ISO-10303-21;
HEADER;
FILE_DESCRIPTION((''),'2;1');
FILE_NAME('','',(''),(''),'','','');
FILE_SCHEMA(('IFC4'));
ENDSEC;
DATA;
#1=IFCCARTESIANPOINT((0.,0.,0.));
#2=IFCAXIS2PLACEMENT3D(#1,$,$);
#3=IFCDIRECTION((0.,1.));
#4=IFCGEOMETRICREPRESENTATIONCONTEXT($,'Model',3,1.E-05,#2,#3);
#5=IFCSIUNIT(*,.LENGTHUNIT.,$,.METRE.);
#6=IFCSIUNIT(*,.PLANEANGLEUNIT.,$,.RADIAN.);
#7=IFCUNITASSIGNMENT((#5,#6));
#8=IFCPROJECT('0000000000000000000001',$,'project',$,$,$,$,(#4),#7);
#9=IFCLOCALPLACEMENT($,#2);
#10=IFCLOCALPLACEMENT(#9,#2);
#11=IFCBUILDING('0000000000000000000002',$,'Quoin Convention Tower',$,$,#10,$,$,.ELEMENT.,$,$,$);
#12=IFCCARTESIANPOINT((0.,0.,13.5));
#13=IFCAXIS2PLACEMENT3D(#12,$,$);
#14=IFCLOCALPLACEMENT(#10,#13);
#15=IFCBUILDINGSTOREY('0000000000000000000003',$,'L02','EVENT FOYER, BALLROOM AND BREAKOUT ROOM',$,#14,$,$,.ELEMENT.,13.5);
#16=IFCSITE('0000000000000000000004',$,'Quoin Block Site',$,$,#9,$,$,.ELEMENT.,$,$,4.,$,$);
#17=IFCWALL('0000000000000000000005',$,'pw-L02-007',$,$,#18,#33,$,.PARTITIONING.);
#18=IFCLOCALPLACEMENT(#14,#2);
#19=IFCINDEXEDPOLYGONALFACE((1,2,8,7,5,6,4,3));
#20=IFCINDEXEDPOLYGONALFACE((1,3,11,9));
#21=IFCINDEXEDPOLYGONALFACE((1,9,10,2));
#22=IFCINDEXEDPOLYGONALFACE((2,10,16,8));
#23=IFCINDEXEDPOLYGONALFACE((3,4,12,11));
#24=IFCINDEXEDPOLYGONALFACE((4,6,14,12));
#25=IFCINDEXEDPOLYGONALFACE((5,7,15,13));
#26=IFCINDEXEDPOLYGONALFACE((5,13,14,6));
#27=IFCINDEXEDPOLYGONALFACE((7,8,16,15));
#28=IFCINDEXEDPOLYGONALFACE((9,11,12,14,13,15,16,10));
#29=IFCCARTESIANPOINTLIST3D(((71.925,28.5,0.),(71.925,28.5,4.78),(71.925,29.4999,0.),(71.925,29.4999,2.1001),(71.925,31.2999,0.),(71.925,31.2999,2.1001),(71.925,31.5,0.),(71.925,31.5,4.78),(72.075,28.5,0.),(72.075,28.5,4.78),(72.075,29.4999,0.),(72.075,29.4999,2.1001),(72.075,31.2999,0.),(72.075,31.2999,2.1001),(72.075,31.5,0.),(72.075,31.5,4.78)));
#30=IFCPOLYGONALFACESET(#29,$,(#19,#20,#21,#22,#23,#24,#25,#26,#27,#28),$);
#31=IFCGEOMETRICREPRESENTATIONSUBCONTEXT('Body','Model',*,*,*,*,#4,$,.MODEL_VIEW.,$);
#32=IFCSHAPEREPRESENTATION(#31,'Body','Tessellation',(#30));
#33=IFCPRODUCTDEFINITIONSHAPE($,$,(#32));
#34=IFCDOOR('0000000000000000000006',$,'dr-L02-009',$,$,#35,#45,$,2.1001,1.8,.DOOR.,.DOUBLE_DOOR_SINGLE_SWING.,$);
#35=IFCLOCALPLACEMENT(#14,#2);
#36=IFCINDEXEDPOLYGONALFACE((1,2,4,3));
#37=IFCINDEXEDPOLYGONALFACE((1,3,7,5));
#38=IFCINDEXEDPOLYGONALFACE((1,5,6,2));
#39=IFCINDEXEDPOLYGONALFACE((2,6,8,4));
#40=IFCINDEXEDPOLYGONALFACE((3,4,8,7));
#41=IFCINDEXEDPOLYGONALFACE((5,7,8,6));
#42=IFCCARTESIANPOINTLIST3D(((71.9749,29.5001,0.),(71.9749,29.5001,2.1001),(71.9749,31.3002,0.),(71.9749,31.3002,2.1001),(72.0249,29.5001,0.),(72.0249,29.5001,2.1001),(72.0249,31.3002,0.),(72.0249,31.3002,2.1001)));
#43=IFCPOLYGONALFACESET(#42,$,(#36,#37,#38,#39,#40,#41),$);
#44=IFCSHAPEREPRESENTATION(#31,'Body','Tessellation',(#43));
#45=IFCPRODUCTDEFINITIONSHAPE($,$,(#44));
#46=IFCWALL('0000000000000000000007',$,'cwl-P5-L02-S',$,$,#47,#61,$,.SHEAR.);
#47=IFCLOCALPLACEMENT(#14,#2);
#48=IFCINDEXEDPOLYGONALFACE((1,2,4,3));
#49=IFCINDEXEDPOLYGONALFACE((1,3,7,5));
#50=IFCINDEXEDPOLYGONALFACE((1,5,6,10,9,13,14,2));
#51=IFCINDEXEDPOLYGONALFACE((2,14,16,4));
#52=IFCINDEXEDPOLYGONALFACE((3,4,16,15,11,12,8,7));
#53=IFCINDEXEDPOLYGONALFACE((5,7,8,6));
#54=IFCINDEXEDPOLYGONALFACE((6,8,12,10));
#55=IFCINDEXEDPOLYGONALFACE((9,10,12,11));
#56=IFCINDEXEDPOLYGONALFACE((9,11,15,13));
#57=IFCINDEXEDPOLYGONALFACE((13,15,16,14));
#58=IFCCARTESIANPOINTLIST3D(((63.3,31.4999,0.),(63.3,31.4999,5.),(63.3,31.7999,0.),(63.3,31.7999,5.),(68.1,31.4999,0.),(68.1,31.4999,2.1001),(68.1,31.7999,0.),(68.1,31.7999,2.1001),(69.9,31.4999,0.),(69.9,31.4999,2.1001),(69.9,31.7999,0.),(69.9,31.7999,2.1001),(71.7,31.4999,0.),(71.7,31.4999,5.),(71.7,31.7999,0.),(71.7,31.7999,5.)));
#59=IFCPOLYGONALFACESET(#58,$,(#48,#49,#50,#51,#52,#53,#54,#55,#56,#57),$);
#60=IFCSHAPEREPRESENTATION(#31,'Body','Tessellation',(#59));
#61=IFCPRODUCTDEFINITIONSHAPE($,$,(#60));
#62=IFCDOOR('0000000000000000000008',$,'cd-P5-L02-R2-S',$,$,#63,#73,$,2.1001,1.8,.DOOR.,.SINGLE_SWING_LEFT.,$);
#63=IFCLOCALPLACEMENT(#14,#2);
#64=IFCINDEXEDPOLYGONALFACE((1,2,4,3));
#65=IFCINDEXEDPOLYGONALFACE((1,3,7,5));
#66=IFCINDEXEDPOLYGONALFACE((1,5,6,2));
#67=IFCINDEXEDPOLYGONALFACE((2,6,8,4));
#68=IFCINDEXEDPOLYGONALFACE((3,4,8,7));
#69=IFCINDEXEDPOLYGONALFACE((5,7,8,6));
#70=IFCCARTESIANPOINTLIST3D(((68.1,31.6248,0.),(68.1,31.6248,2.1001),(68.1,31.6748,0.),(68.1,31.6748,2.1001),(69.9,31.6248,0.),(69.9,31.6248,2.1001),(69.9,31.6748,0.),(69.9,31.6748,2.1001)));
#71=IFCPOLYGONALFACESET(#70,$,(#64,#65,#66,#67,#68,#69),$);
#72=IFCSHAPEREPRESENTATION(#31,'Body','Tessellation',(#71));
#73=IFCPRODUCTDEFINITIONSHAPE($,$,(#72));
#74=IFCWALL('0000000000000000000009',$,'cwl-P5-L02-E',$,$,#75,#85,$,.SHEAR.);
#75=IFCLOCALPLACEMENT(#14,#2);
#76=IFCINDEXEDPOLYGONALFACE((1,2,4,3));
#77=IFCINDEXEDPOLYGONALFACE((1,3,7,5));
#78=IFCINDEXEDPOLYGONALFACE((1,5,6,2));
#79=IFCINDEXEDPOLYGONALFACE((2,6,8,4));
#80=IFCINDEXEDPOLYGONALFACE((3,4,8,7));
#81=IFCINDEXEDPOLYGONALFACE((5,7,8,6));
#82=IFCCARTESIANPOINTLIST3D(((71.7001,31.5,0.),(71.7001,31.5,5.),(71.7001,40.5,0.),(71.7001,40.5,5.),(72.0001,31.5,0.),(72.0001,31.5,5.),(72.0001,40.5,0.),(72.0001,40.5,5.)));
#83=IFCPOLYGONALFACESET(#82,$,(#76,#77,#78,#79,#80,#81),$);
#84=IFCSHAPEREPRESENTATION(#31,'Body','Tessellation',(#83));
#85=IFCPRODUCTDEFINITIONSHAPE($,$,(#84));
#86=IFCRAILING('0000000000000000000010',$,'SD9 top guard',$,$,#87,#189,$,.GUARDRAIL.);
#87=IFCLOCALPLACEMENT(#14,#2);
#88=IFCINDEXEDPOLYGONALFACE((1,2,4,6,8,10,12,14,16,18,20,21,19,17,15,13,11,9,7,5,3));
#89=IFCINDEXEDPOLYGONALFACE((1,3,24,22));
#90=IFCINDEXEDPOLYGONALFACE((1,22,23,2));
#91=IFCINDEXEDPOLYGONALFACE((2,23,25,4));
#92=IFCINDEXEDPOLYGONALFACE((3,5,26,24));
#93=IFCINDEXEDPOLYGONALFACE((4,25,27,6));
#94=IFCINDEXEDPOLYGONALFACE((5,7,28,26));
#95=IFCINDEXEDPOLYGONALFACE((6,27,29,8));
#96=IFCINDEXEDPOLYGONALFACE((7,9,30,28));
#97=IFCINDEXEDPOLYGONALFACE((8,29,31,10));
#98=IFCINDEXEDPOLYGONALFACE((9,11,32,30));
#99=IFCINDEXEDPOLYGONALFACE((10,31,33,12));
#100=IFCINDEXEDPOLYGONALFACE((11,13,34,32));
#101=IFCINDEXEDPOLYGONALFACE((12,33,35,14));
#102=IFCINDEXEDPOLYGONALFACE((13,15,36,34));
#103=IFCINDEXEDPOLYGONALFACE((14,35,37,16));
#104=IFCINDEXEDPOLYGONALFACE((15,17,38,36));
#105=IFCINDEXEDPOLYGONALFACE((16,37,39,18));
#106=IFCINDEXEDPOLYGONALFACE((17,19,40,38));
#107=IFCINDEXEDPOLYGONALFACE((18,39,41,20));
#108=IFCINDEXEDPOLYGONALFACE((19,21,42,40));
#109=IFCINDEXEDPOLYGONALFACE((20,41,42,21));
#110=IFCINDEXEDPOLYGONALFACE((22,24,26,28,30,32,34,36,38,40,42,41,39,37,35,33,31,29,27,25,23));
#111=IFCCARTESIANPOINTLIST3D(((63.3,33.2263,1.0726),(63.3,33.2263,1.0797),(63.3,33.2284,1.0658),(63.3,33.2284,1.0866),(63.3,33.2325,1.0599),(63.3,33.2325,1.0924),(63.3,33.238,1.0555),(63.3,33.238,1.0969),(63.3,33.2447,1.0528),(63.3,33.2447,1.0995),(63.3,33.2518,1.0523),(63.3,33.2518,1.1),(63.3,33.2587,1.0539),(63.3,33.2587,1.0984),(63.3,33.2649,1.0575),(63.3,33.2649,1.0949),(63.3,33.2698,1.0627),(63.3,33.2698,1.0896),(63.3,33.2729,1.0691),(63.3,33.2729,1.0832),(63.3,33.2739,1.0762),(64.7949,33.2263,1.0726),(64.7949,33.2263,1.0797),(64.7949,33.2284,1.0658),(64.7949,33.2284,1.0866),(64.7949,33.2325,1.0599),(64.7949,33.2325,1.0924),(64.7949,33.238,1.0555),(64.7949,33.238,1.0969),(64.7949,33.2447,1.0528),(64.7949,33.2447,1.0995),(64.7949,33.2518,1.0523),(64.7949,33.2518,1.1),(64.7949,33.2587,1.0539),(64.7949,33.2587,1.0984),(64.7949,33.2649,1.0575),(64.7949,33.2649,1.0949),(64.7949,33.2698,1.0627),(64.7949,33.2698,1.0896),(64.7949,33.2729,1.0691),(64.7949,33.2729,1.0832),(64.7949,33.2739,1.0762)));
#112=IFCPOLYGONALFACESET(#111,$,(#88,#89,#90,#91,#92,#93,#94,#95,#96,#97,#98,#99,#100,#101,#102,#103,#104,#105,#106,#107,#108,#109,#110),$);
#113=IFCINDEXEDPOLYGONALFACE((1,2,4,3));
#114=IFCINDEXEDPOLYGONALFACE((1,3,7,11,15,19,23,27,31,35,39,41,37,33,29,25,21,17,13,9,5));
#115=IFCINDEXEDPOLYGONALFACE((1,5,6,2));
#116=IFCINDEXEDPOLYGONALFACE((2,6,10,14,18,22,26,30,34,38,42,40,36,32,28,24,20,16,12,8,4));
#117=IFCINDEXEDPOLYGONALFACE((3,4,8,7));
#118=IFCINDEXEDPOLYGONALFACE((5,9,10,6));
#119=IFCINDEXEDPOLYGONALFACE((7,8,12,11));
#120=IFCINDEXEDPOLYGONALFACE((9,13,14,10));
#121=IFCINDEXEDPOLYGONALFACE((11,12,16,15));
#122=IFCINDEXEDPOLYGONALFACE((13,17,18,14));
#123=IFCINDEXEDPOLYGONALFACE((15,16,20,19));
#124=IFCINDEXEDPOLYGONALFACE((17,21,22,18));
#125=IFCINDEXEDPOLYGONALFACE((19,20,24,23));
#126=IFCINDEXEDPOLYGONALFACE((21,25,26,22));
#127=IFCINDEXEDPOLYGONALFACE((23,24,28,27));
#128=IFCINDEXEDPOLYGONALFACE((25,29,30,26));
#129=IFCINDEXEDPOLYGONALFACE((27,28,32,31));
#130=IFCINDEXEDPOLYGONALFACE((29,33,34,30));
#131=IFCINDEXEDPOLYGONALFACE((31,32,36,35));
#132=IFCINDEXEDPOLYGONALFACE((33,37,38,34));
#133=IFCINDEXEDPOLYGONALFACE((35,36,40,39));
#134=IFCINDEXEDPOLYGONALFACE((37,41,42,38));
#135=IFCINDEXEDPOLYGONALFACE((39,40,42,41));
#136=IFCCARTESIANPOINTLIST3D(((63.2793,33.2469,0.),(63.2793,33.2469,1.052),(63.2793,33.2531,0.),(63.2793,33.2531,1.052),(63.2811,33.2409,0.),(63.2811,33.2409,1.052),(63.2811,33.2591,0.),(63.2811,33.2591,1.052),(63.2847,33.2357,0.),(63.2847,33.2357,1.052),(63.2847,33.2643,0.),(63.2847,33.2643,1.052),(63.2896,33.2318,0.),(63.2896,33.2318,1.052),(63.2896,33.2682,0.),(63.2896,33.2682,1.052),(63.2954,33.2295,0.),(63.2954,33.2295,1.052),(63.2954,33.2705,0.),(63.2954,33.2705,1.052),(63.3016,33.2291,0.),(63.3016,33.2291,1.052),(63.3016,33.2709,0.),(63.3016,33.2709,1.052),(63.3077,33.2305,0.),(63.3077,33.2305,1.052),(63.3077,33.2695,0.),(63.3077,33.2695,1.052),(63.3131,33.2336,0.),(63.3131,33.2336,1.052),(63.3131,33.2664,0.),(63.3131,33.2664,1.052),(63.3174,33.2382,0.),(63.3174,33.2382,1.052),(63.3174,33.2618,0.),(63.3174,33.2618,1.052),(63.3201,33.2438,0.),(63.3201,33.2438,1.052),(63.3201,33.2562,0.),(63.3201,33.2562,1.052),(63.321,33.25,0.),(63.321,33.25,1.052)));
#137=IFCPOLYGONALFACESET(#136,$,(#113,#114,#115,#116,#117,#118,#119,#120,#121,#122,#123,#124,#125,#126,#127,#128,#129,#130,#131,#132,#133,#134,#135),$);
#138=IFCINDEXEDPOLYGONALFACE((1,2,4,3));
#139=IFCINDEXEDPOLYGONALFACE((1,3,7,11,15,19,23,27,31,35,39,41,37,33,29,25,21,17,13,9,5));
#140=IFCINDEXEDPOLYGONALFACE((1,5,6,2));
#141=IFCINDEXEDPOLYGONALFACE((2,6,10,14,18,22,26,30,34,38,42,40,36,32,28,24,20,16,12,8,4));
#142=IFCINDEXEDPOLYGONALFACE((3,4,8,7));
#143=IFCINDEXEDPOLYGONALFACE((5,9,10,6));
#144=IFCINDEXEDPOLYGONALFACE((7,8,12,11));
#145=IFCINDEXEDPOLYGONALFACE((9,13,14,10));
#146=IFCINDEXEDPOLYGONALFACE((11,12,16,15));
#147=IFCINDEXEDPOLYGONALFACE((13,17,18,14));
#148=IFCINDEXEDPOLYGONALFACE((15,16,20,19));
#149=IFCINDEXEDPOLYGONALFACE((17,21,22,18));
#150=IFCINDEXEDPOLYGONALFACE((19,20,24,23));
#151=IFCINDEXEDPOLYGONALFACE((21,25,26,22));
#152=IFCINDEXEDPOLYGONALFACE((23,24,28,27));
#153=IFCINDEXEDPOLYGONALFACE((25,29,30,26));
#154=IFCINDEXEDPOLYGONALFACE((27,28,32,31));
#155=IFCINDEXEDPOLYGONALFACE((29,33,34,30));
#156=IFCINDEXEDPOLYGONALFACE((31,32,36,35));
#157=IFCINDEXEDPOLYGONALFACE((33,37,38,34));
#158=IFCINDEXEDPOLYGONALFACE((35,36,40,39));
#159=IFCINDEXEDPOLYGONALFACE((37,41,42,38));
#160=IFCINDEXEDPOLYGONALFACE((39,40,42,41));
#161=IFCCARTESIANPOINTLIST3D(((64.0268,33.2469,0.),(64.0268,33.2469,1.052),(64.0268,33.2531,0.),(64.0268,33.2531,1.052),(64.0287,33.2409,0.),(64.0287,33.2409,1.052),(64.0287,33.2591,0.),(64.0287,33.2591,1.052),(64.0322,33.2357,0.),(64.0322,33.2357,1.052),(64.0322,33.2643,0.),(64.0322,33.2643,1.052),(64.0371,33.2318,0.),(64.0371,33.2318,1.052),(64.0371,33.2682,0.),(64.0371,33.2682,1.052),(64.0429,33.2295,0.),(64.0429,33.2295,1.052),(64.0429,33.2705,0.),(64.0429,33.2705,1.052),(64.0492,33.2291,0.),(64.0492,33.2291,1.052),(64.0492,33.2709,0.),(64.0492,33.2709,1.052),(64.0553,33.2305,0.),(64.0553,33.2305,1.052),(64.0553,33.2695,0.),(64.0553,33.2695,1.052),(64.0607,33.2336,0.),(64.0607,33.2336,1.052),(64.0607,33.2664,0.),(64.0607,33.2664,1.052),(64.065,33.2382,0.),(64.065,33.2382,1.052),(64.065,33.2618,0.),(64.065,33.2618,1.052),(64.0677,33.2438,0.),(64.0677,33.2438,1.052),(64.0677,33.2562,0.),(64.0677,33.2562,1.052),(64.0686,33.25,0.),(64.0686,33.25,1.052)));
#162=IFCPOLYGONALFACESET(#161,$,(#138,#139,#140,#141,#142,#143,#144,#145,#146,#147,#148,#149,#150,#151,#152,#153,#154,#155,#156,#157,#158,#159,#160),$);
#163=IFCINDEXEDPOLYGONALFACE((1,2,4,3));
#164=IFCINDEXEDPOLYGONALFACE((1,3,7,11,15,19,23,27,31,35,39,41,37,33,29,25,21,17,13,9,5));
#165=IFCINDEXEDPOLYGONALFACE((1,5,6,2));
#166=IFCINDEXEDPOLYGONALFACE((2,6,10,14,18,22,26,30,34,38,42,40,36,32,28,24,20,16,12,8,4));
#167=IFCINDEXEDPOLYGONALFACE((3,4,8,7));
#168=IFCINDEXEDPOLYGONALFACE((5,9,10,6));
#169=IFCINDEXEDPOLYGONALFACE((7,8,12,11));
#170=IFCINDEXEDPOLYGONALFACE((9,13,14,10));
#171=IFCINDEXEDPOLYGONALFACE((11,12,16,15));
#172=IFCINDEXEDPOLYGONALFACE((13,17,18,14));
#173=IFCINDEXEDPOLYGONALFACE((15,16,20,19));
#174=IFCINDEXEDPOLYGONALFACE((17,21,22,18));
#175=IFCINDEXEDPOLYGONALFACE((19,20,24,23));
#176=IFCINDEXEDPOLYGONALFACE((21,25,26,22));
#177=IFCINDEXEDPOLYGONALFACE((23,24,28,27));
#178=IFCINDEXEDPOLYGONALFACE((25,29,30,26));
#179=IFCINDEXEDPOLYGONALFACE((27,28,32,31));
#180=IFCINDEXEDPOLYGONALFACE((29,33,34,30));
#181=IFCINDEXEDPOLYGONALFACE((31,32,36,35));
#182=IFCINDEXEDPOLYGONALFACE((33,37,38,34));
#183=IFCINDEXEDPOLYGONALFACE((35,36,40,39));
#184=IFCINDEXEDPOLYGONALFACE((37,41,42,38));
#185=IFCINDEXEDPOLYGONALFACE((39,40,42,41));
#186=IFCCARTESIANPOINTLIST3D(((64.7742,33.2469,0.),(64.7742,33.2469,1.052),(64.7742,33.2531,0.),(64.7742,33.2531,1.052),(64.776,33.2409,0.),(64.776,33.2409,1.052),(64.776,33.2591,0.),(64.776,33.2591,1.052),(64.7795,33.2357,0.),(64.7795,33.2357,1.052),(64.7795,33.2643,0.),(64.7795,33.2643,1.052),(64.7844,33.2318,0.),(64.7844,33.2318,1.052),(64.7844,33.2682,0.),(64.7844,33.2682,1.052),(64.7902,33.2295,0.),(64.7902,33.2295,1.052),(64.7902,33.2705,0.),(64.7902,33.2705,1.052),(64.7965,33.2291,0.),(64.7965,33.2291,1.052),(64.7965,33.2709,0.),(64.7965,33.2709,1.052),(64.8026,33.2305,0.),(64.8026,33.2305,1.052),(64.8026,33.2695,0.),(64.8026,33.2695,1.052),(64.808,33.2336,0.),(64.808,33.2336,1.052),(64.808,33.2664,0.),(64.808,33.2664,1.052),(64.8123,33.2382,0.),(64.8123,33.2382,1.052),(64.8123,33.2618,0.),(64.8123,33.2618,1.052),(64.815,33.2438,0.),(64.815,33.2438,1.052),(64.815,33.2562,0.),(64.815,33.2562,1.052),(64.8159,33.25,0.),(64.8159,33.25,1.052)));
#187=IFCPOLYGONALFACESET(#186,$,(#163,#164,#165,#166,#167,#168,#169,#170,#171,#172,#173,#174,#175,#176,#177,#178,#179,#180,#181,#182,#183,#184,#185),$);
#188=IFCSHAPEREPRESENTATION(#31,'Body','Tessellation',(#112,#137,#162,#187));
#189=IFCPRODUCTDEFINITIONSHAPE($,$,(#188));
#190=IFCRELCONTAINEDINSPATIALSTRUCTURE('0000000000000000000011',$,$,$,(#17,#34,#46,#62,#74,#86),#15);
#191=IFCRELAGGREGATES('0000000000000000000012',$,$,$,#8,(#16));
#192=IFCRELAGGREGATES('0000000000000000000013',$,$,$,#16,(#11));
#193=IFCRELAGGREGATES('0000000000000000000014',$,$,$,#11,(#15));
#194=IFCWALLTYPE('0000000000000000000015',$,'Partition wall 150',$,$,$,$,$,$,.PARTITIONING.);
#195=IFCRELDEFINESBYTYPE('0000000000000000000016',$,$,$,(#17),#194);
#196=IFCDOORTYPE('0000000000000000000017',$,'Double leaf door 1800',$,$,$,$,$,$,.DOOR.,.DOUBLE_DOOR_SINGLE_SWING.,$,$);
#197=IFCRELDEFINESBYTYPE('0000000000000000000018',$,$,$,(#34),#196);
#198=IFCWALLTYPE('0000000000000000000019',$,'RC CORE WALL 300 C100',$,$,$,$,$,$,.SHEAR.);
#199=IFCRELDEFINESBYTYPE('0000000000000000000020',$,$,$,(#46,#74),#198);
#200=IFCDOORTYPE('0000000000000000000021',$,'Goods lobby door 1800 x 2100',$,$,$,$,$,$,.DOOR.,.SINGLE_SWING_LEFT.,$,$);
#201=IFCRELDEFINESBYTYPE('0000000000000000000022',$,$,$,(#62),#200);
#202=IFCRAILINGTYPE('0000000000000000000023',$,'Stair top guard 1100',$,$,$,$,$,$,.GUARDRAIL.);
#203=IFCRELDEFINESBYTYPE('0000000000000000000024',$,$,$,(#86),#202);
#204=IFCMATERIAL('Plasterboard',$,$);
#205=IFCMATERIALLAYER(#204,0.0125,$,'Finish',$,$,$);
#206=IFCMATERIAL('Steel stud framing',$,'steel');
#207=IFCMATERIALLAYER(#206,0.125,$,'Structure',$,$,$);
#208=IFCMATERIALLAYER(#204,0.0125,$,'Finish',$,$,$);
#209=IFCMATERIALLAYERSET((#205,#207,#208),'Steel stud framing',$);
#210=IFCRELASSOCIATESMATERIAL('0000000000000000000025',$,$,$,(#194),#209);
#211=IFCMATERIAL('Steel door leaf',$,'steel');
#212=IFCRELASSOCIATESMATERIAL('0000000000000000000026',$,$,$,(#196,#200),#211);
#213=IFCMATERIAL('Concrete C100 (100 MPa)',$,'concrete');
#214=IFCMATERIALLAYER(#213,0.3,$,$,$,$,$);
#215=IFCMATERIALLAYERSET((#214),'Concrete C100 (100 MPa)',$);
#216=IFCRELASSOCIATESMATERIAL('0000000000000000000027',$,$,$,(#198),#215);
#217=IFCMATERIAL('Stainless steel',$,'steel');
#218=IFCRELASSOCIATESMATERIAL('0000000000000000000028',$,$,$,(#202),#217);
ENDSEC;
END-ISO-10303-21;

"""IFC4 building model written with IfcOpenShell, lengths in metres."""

from ifc_helpers import new_model, si_unit, direction, frame, frame_2d, origin, origin_2d, place, context, subcontext, project, spatial, rectangle, circle, extrude, material, layer, layer_set, type_object, element, fill, save


model = new_model("IFC4")

# Units and contexts
model_context = context("Model", 3, precision=1e-05, world=origin(), true_north=direction((0.0, 1.0)))
body_context = subcontext(model_context, "Body", "Model", "MODEL_VIEW")
ifc_project = project(units=[si_unit("LENGTHUNIT", "METRE"), si_unit("PLANEANGLEUNIT", "RADIAN")], contexts=[model_context])

# Site, building, storey
site_placement = place(None, origin())
site = spatial("IfcSite", under=ifc_project, at=site_placement, Name="Quoin Block Site", CompositionType="ELEMENT", RefElevation=4.0)
building_placement = place(site_placement, origin())
building = spatial("IfcBuilding", under=site, at=building_placement, Name="Quoin Convention Tower", CompositionType="ELEMENT")
storey_placement = place(building_placement, frame((0.0, 0.0, 13.5)))
storey = spatial("IfcBuildingStorey", under=building, at=storey_placement, Name="L02", Description="EVENT FOYER, BALLROOM AND BREAKOUT ROOM", CompositionType="ELEMENT", Elevation=13.5)

# Shared definitions
ifc_material_1 = material(Name="Concrete C100 (100 MPa)", Category="concrete")

# Shared definitions
ifc_material_2 = material(Name="Plasterboard")
ifc_material_3 = material(Name="Steel stud framing", Category="steel")
ifc_material_4 = material(Name="Steel door leaf", Category="steel")

# Walls, openings, doors
ifc_layer_1 = layer(ifc_material_2, 0.0125, Name="Finish")
ifc_layer_2 = layer(ifc_material_3, 0.125, Name="Structure")
ifc_layer_3 = layer(ifc_material_2, 0.0125, Name="Finish")
ifc_layer_set_1 = layer_set([ifc_layer_1, ifc_layer_2, ifc_layer_3], Name="Steel stud framing")
wall_type_1 = type_object("IfcWallType", Name="Partition wall 150", PredefinedType="PARTITIONING", material=ifc_layer_set_1)
wall_1_placement = place(storey_placement, frame((72.0, 28.5, 0.0), z_axis=(0.0, 0.0, 1.0), x_axis=(0.0, 1.0, 0.0)))
wall_1 = element("IfcWall", 1, at=wall_1_placement, inside=storey, type_object=wall_type_1, Name="pw-L02-007", PredefinedType="PARTITIONING", context=body_context, shape_type="SweptSolid", body=[
    extrude(rectangle(XDim=3.0, YDim=0.1499, at=frame_2d((1.5, 0.0))), origin(), (0.0, 0.0, 1.0), 4.78),
])
opening_1_placement = place(wall_1_placement, frame((1.0, 0.0, 0.0)))
opening_1 = element("IfcOpeningElement", 2, at=opening_1_placement, cuts=wall_1, PredefinedType="OPENING", context=body_context, shape_type="SweptSolid", body=[
    extrude(rectangle(XDim=1.8, YDim=2.1001, at=frame_2d((0.8999, 1.05))), frame((0.0, 0.085, 0.0), z_axis=(0.0, -1.0, 0.0), x_axis=(1.0, 0.0, 0.0)), (0.0, 0.0, 1.0), 0.1699),
])
door_type_1 = type_object("IfcDoorType", Name="Double leaf door 1800", OperationType="DOUBLE_DOOR_SINGLE_SWING", PredefinedType="DOOR", material=ifc_material_4)
door_1_placement = place(opening_1_placement, frame((1.8, 0.0, 0.0), z_axis=(0.0, 0.0, 1.0), x_axis=(-1.0, 0.0, 0.0)))
door_1 = element("IfcDoor", 3, at=door_1_placement, inside=storey, type_object=door_type_1, Name="dr-L02-009", OperationType="DOUBLE_DOOR_SINGLE_SWING", OverallHeight=2.1001, OverallWidth=1.8, PredefinedType="DOOR", context=body_context, shape_type="SweptSolid", body=[
    extrude(rectangle(XDim=1.8, YDim=2.1001, at=frame_2d((0.8999, 1.05))), frame((0.0, 0.0249, 0.0), z_axis=(0.0, -1.0, 0.0), x_axis=(1.0, 0.0, 0.0)), (0.0, 0.0, 1.0), 0.05),
])
fill(opening_1, door_1)
ifc_layer_4 = layer(ifc_material_1, 0.3)
ifc_layer_set_2 = layer_set([ifc_layer_4], Name="Concrete C100 (100 MPa)")
wall_type_2 = type_object("IfcWallType", Name="RC CORE WALL 300 C100", PredefinedType="SHEAR", material=ifc_layer_set_2)
wall_2_placement = place(storey_placement, frame((63.3, 31.6499, 0.0), z_axis=(0.0, 0.0, 1.0), x_axis=(1.0, 0.0, 0.0)))
wall_2 = element("IfcWall", 4, at=wall_2_placement, inside=storey, type_object=wall_type_2, Name="cwl-P5-L02-S", PredefinedType="SHEAR", context=body_context, shape_type="SweptSolid", body=[
    extrude(rectangle(XDim=8.3999, YDim=0.3, at=frame_2d((4.2, 0.0))), origin(), (0.0, 0.0, 1.0), 5.0),
])
opening_2_placement = place(wall_2_placement, frame((4.8, 0.0, 0.0)))
opening_2 = element("IfcOpeningElement", 5, at=opening_2_placement, cuts=wall_2, PredefinedType="OPENING", context=body_context, shape_type="SweptSolid", body=[
    extrude(rectangle(XDim=1.8, YDim=2.1001, at=frame_2d((0.8999, 1.05))), frame((0.0, 0.1599, 0.0), z_axis=(0.0, -1.0, 0.0), x_axis=(1.0, 0.0, 0.0)), (0.0, 0.0, 1.0), 0.3201),
])
door_type_2 = type_object("IfcDoorType", Name="Goods lobby door 1800 x 2100", OperationType="SINGLE_SWING_LEFT", PredefinedType="DOOR", material=ifc_material_4)
door_2_placement = place(opening_2_placement, origin())
door_2 = element("IfcDoor", 6, at=door_2_placement, inside=storey, type_object=door_type_2, Name="cd-P5-L02-R2-S", OperationType="SINGLE_SWING_LEFT", OverallHeight=2.1001, OverallWidth=1.8, PredefinedType="DOOR", context=body_context, shape_type="SweptSolid", body=[
    extrude(rectangle(XDim=1.8, YDim=2.1001, at=frame_2d((0.8999, 1.05))), frame((0.0, 0.0249, 0.0), z_axis=(0.0, -1.0, 0.0), x_axis=(1.0, 0.0, 0.0)), (0.0, 0.0, 1.0), 0.05),
])
fill(opening_2, door_2)

# Wall
wall_3_placement = place(storey_placement, frame((71.8501, 31.5, 0.0), z_axis=(0.0, 0.0, 1.0), x_axis=(0.0, 1.0, 0.0)))
element("IfcWall", 7, at=wall_3_placement, inside=storey, type_object=wall_type_2, Name="cwl-P5-L02-E", PredefinedType="SHEAR", context=body_context, shape_type="SweptSolid", body=[
    extrude(rectangle(XDim=9.0, YDim=0.3, at=frame_2d((4.5, 0.0))), origin(), (0.0, 0.0, 1.0), 5.0),
])

# Railing
ifc_material_5 = material(Name="Stainless steel", Category="steel")
railing_type = type_object("IfcRailingType", Name="Stair top guard 1100", PredefinedType="GUARDRAIL", material=ifc_material_5)
railing_placement = place(storey_placement, frame((63.3, 33.25, 0.0)))
element("IfcRailing", 8, at=railing_placement, inside=storey, type_object=railing_type, Name="SD9 top guard", PredefinedType="GUARDRAIL", context=body_context, shape_type="SweptSolid", body=[
    extrude(circle(Radius=0.0239, at=origin_2d()), frame((0.0, 0.0, 1.0762), z_axis=(1.0, 0.0, 0.0), x_axis=(0.0, 1.0, 0.0)), (0.0, 0.0, 1.0), 1.4949),
    extrude(circle(Radius=0.021, at=origin_2d()), origin(), (0.0, 0.0, 1.0), 1.052),
    extrude(circle(Radius=0.021, at=origin_2d()), frame((0.7476, 0.0, 0.0)), (0.0, 0.0, 1.0), 1.052),
    extrude(circle(Radius=0.021, at=origin_2d()), frame((1.4949, 0.0, 0.0)), (0.0, 0.0, 1.0), 1.052),
])

save(model, "model.ifc")
